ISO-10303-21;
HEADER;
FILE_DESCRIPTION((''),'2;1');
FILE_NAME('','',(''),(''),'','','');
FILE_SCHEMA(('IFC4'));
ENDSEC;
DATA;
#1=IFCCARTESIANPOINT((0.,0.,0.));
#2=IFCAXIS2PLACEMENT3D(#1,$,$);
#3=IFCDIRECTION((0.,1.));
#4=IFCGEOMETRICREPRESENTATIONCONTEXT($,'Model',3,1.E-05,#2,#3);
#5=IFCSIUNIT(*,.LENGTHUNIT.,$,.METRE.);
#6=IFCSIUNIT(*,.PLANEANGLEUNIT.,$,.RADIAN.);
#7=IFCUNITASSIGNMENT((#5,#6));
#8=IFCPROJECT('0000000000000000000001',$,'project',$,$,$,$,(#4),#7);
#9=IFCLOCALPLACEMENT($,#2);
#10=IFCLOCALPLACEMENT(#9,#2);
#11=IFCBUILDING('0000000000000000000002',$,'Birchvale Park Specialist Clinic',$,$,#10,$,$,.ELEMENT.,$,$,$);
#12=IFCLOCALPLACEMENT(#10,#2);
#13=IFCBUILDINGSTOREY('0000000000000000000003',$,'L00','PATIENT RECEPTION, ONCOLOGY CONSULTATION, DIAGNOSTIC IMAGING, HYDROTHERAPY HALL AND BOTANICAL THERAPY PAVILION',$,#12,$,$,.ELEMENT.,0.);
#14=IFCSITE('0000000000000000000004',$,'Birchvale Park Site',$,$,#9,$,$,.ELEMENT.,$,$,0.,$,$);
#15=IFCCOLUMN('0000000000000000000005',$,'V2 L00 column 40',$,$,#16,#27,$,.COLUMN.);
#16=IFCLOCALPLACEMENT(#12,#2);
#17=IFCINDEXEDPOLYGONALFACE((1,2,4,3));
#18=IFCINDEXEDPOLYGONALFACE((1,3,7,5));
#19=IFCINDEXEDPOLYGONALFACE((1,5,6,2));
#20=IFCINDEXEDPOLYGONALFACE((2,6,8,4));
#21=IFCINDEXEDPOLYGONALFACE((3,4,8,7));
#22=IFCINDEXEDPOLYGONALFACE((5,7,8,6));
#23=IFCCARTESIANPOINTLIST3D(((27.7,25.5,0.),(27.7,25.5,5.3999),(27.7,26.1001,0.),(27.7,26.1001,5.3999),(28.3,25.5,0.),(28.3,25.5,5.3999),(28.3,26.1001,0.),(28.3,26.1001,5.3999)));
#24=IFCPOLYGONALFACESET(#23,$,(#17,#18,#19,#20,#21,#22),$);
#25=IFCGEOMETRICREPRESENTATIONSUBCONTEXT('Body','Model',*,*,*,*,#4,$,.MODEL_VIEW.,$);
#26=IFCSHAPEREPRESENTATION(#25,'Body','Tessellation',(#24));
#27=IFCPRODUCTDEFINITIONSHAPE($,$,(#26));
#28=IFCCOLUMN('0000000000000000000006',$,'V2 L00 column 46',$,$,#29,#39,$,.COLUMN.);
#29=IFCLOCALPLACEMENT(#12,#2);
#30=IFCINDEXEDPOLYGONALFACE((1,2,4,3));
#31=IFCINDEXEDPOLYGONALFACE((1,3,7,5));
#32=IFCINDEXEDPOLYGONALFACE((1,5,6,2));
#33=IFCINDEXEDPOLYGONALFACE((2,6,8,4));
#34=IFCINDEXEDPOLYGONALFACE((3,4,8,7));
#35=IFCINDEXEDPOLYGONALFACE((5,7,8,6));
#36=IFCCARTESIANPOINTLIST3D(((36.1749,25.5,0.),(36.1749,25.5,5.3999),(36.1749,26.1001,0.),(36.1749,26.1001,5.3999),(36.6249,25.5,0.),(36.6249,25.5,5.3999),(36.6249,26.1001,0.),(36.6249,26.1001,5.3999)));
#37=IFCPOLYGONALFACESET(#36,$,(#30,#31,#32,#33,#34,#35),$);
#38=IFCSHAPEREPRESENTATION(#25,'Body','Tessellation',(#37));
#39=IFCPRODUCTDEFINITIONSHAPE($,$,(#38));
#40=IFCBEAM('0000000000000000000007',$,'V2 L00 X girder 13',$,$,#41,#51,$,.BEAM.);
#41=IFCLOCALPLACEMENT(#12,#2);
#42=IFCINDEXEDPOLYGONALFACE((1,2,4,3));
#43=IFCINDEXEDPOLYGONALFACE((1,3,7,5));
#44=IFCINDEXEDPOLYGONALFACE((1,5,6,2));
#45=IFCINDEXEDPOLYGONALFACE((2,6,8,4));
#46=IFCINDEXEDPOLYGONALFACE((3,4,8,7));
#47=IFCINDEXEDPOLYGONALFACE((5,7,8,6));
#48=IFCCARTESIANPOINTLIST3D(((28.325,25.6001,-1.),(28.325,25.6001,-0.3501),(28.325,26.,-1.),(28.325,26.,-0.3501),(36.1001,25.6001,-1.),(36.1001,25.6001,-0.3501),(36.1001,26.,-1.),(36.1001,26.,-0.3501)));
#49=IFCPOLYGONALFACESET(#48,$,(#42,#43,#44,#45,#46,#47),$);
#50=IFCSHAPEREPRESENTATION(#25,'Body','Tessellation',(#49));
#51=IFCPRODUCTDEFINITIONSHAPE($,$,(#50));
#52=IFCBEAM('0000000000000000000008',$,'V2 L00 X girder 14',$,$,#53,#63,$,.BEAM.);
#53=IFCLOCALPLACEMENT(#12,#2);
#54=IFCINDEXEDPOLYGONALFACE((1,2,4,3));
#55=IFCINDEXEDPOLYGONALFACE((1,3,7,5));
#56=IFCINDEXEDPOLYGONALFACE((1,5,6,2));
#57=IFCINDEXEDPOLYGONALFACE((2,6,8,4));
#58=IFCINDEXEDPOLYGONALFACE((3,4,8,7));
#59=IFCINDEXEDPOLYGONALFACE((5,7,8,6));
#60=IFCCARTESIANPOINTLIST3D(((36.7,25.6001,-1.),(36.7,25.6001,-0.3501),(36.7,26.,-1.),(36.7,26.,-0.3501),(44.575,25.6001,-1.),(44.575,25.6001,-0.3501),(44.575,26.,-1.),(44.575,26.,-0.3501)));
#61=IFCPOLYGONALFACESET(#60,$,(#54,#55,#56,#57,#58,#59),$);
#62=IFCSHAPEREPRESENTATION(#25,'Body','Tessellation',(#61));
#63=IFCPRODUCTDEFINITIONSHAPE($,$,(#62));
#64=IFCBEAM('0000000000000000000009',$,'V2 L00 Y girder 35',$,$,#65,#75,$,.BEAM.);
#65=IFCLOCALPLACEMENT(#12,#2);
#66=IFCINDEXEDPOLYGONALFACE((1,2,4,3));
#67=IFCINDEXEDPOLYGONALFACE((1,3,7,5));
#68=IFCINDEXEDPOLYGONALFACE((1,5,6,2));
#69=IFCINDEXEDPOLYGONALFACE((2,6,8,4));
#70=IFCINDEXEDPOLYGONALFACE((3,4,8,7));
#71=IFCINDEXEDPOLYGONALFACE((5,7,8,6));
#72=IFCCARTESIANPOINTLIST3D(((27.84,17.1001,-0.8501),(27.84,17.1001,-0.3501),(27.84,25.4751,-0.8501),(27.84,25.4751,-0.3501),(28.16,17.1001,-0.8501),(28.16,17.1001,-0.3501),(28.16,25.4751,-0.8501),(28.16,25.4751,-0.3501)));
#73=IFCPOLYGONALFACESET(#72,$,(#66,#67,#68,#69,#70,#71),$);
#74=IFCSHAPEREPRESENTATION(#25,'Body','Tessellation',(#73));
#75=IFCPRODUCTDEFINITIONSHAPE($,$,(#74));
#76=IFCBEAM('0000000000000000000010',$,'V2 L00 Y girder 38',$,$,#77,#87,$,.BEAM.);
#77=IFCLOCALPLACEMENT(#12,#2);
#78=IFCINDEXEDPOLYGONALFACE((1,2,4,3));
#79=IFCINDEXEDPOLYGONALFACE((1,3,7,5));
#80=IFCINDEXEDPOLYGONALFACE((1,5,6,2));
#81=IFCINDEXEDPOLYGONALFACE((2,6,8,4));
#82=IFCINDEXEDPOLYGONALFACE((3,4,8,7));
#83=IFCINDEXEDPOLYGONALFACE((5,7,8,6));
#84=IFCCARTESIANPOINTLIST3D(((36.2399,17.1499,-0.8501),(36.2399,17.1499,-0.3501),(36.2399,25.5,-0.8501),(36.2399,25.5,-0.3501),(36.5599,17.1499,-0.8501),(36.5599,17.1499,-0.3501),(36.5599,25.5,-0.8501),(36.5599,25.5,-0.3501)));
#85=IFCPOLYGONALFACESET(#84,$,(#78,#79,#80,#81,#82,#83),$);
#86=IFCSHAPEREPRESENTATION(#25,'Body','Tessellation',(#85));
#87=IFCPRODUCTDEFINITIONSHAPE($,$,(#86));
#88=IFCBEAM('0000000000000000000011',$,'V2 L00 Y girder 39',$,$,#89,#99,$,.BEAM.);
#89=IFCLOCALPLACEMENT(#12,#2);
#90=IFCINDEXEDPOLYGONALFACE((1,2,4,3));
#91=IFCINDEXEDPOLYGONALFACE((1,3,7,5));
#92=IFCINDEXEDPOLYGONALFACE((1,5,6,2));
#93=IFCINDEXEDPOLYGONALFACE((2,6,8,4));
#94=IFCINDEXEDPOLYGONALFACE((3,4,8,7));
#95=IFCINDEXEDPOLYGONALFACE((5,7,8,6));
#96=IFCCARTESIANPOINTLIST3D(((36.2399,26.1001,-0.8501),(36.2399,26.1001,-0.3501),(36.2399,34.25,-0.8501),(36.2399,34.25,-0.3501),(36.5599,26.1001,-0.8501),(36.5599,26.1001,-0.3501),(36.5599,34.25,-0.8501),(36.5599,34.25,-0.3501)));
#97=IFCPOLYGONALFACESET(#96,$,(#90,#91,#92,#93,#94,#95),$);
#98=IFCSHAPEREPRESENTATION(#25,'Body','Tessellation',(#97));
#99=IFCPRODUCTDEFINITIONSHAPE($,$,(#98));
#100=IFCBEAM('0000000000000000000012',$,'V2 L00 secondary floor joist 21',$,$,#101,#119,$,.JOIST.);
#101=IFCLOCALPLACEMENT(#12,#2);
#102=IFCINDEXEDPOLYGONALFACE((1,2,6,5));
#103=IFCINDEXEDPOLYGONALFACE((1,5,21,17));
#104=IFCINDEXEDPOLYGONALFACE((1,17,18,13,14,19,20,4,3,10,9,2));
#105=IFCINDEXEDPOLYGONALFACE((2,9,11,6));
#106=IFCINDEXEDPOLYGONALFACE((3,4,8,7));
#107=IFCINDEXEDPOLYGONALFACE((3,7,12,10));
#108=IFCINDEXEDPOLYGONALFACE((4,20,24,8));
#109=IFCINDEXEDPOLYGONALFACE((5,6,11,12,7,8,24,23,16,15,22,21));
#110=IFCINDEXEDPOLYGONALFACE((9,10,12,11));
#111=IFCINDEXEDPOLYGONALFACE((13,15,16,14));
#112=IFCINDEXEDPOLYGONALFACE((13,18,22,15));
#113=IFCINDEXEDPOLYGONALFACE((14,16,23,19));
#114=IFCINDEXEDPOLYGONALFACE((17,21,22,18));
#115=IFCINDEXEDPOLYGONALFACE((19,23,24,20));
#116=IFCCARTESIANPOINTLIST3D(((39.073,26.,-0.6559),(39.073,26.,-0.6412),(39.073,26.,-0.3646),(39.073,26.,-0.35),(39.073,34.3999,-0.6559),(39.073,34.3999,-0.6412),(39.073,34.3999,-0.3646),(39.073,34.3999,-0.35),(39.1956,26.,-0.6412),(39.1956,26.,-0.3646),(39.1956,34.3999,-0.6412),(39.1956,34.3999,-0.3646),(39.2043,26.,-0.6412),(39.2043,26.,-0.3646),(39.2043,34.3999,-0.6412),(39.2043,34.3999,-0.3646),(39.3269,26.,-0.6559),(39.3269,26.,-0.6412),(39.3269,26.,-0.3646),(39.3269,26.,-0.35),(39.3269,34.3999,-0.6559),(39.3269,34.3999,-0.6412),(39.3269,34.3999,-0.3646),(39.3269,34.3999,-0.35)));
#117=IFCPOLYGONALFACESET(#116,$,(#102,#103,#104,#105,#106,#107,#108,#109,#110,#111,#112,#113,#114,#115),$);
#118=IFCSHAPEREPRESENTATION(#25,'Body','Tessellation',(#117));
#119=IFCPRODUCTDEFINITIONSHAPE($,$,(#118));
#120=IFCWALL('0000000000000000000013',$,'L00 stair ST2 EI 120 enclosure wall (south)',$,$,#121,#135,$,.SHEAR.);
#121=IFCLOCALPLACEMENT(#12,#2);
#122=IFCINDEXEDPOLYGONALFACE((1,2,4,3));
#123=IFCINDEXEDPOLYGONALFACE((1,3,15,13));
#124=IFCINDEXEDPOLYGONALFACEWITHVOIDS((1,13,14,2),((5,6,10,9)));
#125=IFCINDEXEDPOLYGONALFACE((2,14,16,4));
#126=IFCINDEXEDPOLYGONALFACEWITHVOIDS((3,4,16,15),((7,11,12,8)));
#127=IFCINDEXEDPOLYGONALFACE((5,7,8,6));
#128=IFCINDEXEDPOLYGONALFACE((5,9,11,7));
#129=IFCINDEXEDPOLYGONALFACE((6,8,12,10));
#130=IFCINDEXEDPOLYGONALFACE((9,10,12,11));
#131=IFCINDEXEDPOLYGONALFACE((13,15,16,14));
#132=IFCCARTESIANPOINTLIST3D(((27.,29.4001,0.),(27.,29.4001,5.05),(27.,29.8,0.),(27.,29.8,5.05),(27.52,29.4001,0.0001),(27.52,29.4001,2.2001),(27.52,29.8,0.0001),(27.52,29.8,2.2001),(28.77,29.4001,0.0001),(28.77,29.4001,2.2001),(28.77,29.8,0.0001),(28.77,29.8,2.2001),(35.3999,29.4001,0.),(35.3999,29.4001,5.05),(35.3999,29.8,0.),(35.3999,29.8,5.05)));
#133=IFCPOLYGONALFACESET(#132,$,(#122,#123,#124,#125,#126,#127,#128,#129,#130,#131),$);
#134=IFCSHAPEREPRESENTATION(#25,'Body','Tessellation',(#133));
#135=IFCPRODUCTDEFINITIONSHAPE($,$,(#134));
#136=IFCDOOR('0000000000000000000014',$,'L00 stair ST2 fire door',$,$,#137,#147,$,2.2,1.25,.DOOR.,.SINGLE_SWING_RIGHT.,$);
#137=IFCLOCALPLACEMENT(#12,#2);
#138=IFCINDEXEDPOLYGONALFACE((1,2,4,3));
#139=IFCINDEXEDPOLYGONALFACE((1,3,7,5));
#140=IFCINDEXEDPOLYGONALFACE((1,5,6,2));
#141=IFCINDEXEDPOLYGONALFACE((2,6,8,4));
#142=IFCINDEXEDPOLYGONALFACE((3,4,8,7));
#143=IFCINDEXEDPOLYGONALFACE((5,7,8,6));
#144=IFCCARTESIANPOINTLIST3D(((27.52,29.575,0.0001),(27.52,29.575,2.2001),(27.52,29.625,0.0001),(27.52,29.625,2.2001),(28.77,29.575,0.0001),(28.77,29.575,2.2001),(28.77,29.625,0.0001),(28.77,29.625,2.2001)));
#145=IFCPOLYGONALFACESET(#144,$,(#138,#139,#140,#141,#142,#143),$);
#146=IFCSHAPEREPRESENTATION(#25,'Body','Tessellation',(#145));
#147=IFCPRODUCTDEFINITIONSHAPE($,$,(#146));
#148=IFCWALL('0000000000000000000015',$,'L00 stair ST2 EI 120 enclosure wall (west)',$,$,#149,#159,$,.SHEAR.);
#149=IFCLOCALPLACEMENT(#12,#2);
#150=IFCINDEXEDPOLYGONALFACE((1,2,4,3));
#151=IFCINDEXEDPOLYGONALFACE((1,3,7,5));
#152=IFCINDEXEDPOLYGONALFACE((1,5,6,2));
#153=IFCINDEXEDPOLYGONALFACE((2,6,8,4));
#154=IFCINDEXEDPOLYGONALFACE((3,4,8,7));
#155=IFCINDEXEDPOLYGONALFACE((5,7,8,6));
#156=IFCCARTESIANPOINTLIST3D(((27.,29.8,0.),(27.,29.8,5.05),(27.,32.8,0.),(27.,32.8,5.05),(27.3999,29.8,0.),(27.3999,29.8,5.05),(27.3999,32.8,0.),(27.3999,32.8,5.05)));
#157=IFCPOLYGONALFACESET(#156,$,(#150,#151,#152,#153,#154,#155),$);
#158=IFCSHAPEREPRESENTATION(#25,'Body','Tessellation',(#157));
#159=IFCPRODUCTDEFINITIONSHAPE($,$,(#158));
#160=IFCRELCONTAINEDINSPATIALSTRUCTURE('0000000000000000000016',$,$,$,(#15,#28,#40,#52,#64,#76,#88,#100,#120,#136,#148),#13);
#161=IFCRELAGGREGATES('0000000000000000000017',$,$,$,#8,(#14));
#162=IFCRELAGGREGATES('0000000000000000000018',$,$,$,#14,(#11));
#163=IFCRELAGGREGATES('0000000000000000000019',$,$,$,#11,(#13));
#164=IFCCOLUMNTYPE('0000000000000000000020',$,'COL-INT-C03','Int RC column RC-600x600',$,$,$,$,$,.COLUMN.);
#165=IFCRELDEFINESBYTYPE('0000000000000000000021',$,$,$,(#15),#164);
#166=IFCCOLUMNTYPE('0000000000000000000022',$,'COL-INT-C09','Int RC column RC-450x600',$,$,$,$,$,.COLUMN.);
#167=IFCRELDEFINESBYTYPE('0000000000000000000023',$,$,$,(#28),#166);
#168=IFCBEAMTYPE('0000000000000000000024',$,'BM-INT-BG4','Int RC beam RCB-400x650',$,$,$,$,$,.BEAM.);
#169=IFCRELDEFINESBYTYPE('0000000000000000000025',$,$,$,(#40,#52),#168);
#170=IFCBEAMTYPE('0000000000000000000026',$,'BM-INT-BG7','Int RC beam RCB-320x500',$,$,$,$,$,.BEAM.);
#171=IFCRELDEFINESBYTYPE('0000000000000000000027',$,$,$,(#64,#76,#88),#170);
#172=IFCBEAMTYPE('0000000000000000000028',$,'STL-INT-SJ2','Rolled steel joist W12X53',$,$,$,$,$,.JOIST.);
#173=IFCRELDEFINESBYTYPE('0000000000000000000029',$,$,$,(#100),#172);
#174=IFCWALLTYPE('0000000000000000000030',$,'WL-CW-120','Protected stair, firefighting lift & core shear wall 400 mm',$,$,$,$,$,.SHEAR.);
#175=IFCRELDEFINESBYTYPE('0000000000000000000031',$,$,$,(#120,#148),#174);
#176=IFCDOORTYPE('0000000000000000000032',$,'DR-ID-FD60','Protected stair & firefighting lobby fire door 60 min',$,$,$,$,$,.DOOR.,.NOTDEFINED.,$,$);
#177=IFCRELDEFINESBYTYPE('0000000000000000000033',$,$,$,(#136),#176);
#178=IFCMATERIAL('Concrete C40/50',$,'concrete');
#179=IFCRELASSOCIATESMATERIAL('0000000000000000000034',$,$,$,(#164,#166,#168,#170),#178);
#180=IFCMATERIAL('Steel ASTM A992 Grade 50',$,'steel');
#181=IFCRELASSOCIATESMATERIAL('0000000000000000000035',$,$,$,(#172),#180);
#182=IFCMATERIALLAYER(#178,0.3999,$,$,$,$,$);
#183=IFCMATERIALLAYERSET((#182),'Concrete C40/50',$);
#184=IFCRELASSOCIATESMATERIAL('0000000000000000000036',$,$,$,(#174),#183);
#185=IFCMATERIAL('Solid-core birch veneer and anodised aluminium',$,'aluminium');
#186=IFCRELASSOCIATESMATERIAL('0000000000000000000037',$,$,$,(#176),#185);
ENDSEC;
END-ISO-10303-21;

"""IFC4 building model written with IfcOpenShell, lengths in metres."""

from ifc_helpers import new_model, si_unit, direction, frame, frame_2d, origin, origin_2d, place, context, subcontext, project, spatial, rectangle, i_section, extrude, material, layer, layer_set, material_profile, profile_set, type_object, element, fill, save


model = new_model("IFC4")

# Units and contexts
model_context = context("Model", 3, precision=1e-05, world=origin(), true_north=direction((0.0, 1.0)))
body_context = subcontext(model_context, "Body", "Model", "MODEL_VIEW")
ifc_project = project(units=[si_unit("LENGTHUNIT", "METRE"), si_unit("PLANEANGLEUNIT", "RADIAN")], contexts=[model_context])

# Site, building, storey
site_placement = place(None, origin())
site = spatial("IfcSite", under=ifc_project, at=site_placement, Name="Birchvale Park Site", CompositionType="ELEMENT", RefElevation=0.0)
building_placement = place(site_placement, origin())
building = spatial("IfcBuilding", under=site, at=building_placement, Name="Birchvale Park Specialist Clinic", CompositionType="ELEMENT")
storey_placement = place(building_placement, origin())
storey = spatial("IfcBuildingStorey", under=building, at=storey_placement, Name="L00", Description="PATIENT RECEPTION, ONCOLOGY CONSULTATION, DIAGNOSTIC IMAGING, HYDROTHERAPY HALL AND BOTANICAL THERAPY PAVILION", CompositionType="ELEMENT", Elevation=0.0)

# Columns
ifc_material_1 = material(Name="Concrete C40/50", Category="concrete")
ifc_material_profile_1 = material_profile(ifc_material_1, rectangle(XDim=0.6001, YDim=0.6001, at=origin_2d()), Name="RC-600x600")
ifc_profile_set_1 = profile_set([ifc_material_profile_1], Name="Concrete C40/50")
column_type_1 = type_object("IfcColumnType", Name="COL-INT-C03", Description="Int RC column RC-600x600", PredefinedType="COLUMN", material=ifc_profile_set_1)
column_1_placement = place(storey_placement, frame((28.0, 25.8, 0.0), z_axis=(0.0, 0.0, 1.0), x_axis=(1.0, 0.0, 0.0)))
element("IfcColumn", 1, at=column_1_placement, inside=storey, type_object=column_type_1, Name="V2 L00 column 40", PredefinedType="COLUMN", context=body_context, shape_type="SweptSolid", body=[
    extrude(rectangle(XDim=0.6001, YDim=0.6001, at=origin_2d()), origin(), (0.0, 0.0, 1.0), 5.3999),
])
ifc_material_profile_2 = material_profile(ifc_material_1, rectangle(XDim=0.45, YDim=0.6001, at=origin_2d()), Name="RC-450x600")
ifc_profile_set_2 = profile_set([ifc_material_profile_2], Name="Concrete C40/50")
column_type_2 = type_object("IfcColumnType", Name="COL-INT-C09", Description="Int RC column RC-450x600", PredefinedType="COLUMN", material=ifc_profile_set_2)
column_2_placement = place(storey_placement, frame((36.3999, 25.8, 0.0), z_axis=(0.0, 0.0, 1.0), x_axis=(1.0, 0.0, 0.0)))
element("IfcColumn", 2, at=column_2_placement, inside=storey, type_object=column_type_2, Name="V2 L00 column 46", PredefinedType="COLUMN", context=body_context, shape_type="SweptSolid", body=[
    extrude(rectangle(XDim=0.45, YDim=0.6001, at=origin_2d()), origin(), (0.0, 0.0, 1.0), 5.3999),
])

# Beams
ifc_material_profile_3 = material_profile(ifc_material_1, rectangle(XDim=0.3999, YDim=0.6499, at=origin_2d()), Name="RCB-400x650")
ifc_profile_set_3 = profile_set([ifc_material_profile_3], Name="Concrete C40/50")
beam_type_1 = type_object("IfcBeamType", Name="BM-INT-BG4", Description="Int RC beam RCB-400x650", PredefinedType="BEAM", material=ifc_profile_set_3)
beam_1_placement = place(storey_placement, frame((28.325, 25.8, -0.675), z_axis=(1.0, 0.0, 0.0), x_axis=(0.0, 1.0, 0.0)))
element("IfcBeam", 3, at=beam_1_placement, inside=storey, type_object=beam_type_1, Name="V2 L00 X girder 13", PredefinedType="BEAM", context=body_context, shape_type="SweptSolid", body=[
    extrude(rectangle(XDim=0.3999, YDim=0.6499, at=origin_2d()), origin(), (0.0, 0.0, 1.0), 7.7751),
])
beam_2_placement = place(storey_placement, frame((36.7, 25.8, -0.675), z_axis=(1.0, 0.0, 0.0), x_axis=(0.0, 1.0, 0.0)))
element("IfcBeam", 4, at=beam_2_placement, inside=storey, type_object=beam_type_1, Name="V2 L00 X girder 14", PredefinedType="BEAM", context=body_context, shape_type="SweptSolid", body=[
    extrude(rectangle(XDim=0.3999, YDim=0.6499, at=origin_2d()), origin(), (0.0, 0.0, 1.0), 7.875),
])
ifc_material_profile_4 = material_profile(ifc_material_1, rectangle(XDim=0.3201, YDim=0.5, at=origin_2d()), Name="RCB-320x500")
ifc_profile_set_4 = profile_set([ifc_material_profile_4], Name="Concrete C40/50")
beam_type_2 = type_object("IfcBeamType", Name="BM-INT-BG7", Description="Int RC beam RCB-320x500", PredefinedType="BEAM", material=ifc_profile_set_4)
beam_3_placement = place(storey_placement, frame((28.0, 17.1001, -0.6001), z_axis=(0.0, 1.0, 0.0), x_axis=(-1.0, 0.0, 0.0)))
element("IfcBeam", 5, at=beam_3_placement, inside=storey, type_object=beam_type_2, Name="V2 L00 Y girder 35", PredefinedType="BEAM", context=body_context, shape_type="SweptSolid", body=[
    extrude(rectangle(XDim=0.3201, YDim=0.5, at=origin_2d()), origin(), (0.0, 0.0, 1.0), 8.375),
])
beam_4_placement = place(storey_placement, frame((36.3999, 17.1499, -0.6001), z_axis=(0.0, 1.0, 0.0), x_axis=(-1.0, 0.0, 0.0)))
element("IfcBeam", 6, at=beam_4_placement, inside=storey, type_object=beam_type_2, Name="V2 L00 Y girder 38", PredefinedType="BEAM", context=body_context, shape_type="SweptSolid", body=[
    extrude(rectangle(XDim=0.3201, YDim=0.5, at=origin_2d()), origin(), (0.0, 0.0, 1.0), 8.3501),
])
beam_5_placement = place(storey_placement, frame((36.3999, 26.1001, -0.6001), z_axis=(0.0, 1.0, 0.0), x_axis=(-1.0, 0.0, 0.0)))
element("IfcBeam", 7, at=beam_5_placement, inside=storey, type_object=beam_type_2, Name="V2 L00 Y girder 39", PredefinedType="BEAM", context=body_context, shape_type="SweptSolid", body=[
    extrude(rectangle(XDim=0.3201, YDim=0.5, at=origin_2d()), origin(), (0.0, 0.0, 1.0), 8.1499),
])
ifc_material_2 = material(Name="Steel ASTM A992 Grade 50", Category="steel")
ifc_material_profile_5 = material_profile(ifc_material_2, i_section(OverallWidth=0.2539, OverallDepth=0.3059, WebThickness=0.0088, FlangeThickness=0.0146, at=origin_2d()), Name="W12X53")
ifc_profile_set_5 = profile_set([ifc_material_profile_5], Name="Steel ASTM A992 Grade 50")
beam_type_3 = type_object("IfcBeamType", Name="STL-INT-SJ2", Description="Rolled steel joist W12X53", PredefinedType="JOIST", material=ifc_profile_set_5)
beam_6_placement = place(storey_placement, frame((39.2, 26.0, -0.5029), z_axis=(0.0, 1.0, 0.0), x_axis=(-1.0, 0.0, 0.0)))
element("IfcBeam", 8, at=beam_6_placement, inside=storey, type_object=beam_type_3, Name="V2 L00 secondary floor joist 21", PredefinedType="JOIST", context=body_context, shape_type="SweptSolid", body=[
    extrude(i_section(OverallWidth=0.2539, OverallDepth=0.3059, WebThickness=0.0088, FlangeThickness=0.0146, at=origin_2d()), origin(), (0.0, 0.0, 1.0), 8.3999),
])

# Wall, opening, door
ifc_layer_1 = layer(ifc_material_1, 0.3999)
ifc_layer_set_1 = layer_set([ifc_layer_1], Name="Concrete C40/50")
wall_type_1 = type_object("IfcWallType", Name="WL-CW-120", Description="Protected stair, firefighting lift & core shear wall 400 mm", PredefinedType="SHEAR", material=ifc_layer_set_1)
wall_1_placement = place(storey_placement, frame((27.0, 29.6001, 0.0), z_axis=(0.0, 0.0, 1.0), x_axis=(1.0, 0.0, 0.0)))
wall_1 = element("IfcWall", 9, at=wall_1_placement, inside=storey, type_object=wall_type_1, Name="L00 stair ST2 EI 120 enclosure wall (south)", PredefinedType="SHEAR", context=body_context, shape_type="SweptSolid", body=[
    extrude(rectangle(XDim=8.3999, YDim=0.3999, at=frame_2d((4.2, 0.0))), origin(), (0.0, 0.0, 1.0), 5.05),
])
opening_1_placement = place(wall_1_placement, frame((0.52, 0.0, 0.0)))
opening_1 = element("IfcOpeningElement", 10, at=opening_1_placement, cuts=wall_1, PredefinedType="OPENING", context=body_context, shape_type="SweptSolid", body=[
    extrude(rectangle(XDim=1.25, YDim=2.2, at=frame_2d((0.625, 1.1001))), frame((0.0, 0.21, 0.0), z_axis=(0.0, -1.0, 0.0), x_axis=(1.0, 0.0, 0.0)), (0.0, 0.0, 1.0), 0.4199),
])
ifc_material_3 = material(Name="Solid-core birch veneer and anodised aluminium", Category="aluminium")
door_type_1 = type_object("IfcDoorType", Name="DR-ID-FD60", Description="Protected stair & firefighting lobby fire door 60 min", OperationType="NOTDEFINED", PredefinedType="DOOR", material=ifc_material_3)
door_1_placement = place(opening_1_placement, origin())
door_1 = element("IfcDoor", 11, at=door_1_placement, inside=storey, type_object=door_type_1, Name="L00 stair ST2 fire door", OperationType="SINGLE_SWING_RIGHT", OverallHeight=2.2, OverallWidth=1.25, PredefinedType="DOOR", context=body_context, shape_type="SweptSolid", body=[
    extrude(rectangle(XDim=1.25, YDim=2.2, at=frame_2d((0.625, 1.1001))), frame((0.0, 0.0249, 0.0), z_axis=(0.0, -1.0, 0.0), x_axis=(1.0, 0.0, 0.0)), (0.0, 0.0, 1.0), 0.05),
])
fill(opening_1, door_1)

# Wall
wall_2_placement = place(storey_placement, frame((27.2, 29.8, 0.0), z_axis=(0.0, 0.0, 1.0), x_axis=(0.0, 1.0, 0.0)))
element("IfcWall", 12, at=wall_2_placement, inside=storey, type_object=wall_type_1, Name="L00 stair ST2 EI 120 enclosure wall (west)", PredefinedType="SHEAR", context=body_context, shape_type="SweptSolid", body=[
    extrude(rectangle(XDim=3.0, YDim=0.3999, at=frame_2d((1.5, 0.0))), origin(), (0.0, 0.0, 1.0), 5.05),
])

save(model, "model.ifc")
